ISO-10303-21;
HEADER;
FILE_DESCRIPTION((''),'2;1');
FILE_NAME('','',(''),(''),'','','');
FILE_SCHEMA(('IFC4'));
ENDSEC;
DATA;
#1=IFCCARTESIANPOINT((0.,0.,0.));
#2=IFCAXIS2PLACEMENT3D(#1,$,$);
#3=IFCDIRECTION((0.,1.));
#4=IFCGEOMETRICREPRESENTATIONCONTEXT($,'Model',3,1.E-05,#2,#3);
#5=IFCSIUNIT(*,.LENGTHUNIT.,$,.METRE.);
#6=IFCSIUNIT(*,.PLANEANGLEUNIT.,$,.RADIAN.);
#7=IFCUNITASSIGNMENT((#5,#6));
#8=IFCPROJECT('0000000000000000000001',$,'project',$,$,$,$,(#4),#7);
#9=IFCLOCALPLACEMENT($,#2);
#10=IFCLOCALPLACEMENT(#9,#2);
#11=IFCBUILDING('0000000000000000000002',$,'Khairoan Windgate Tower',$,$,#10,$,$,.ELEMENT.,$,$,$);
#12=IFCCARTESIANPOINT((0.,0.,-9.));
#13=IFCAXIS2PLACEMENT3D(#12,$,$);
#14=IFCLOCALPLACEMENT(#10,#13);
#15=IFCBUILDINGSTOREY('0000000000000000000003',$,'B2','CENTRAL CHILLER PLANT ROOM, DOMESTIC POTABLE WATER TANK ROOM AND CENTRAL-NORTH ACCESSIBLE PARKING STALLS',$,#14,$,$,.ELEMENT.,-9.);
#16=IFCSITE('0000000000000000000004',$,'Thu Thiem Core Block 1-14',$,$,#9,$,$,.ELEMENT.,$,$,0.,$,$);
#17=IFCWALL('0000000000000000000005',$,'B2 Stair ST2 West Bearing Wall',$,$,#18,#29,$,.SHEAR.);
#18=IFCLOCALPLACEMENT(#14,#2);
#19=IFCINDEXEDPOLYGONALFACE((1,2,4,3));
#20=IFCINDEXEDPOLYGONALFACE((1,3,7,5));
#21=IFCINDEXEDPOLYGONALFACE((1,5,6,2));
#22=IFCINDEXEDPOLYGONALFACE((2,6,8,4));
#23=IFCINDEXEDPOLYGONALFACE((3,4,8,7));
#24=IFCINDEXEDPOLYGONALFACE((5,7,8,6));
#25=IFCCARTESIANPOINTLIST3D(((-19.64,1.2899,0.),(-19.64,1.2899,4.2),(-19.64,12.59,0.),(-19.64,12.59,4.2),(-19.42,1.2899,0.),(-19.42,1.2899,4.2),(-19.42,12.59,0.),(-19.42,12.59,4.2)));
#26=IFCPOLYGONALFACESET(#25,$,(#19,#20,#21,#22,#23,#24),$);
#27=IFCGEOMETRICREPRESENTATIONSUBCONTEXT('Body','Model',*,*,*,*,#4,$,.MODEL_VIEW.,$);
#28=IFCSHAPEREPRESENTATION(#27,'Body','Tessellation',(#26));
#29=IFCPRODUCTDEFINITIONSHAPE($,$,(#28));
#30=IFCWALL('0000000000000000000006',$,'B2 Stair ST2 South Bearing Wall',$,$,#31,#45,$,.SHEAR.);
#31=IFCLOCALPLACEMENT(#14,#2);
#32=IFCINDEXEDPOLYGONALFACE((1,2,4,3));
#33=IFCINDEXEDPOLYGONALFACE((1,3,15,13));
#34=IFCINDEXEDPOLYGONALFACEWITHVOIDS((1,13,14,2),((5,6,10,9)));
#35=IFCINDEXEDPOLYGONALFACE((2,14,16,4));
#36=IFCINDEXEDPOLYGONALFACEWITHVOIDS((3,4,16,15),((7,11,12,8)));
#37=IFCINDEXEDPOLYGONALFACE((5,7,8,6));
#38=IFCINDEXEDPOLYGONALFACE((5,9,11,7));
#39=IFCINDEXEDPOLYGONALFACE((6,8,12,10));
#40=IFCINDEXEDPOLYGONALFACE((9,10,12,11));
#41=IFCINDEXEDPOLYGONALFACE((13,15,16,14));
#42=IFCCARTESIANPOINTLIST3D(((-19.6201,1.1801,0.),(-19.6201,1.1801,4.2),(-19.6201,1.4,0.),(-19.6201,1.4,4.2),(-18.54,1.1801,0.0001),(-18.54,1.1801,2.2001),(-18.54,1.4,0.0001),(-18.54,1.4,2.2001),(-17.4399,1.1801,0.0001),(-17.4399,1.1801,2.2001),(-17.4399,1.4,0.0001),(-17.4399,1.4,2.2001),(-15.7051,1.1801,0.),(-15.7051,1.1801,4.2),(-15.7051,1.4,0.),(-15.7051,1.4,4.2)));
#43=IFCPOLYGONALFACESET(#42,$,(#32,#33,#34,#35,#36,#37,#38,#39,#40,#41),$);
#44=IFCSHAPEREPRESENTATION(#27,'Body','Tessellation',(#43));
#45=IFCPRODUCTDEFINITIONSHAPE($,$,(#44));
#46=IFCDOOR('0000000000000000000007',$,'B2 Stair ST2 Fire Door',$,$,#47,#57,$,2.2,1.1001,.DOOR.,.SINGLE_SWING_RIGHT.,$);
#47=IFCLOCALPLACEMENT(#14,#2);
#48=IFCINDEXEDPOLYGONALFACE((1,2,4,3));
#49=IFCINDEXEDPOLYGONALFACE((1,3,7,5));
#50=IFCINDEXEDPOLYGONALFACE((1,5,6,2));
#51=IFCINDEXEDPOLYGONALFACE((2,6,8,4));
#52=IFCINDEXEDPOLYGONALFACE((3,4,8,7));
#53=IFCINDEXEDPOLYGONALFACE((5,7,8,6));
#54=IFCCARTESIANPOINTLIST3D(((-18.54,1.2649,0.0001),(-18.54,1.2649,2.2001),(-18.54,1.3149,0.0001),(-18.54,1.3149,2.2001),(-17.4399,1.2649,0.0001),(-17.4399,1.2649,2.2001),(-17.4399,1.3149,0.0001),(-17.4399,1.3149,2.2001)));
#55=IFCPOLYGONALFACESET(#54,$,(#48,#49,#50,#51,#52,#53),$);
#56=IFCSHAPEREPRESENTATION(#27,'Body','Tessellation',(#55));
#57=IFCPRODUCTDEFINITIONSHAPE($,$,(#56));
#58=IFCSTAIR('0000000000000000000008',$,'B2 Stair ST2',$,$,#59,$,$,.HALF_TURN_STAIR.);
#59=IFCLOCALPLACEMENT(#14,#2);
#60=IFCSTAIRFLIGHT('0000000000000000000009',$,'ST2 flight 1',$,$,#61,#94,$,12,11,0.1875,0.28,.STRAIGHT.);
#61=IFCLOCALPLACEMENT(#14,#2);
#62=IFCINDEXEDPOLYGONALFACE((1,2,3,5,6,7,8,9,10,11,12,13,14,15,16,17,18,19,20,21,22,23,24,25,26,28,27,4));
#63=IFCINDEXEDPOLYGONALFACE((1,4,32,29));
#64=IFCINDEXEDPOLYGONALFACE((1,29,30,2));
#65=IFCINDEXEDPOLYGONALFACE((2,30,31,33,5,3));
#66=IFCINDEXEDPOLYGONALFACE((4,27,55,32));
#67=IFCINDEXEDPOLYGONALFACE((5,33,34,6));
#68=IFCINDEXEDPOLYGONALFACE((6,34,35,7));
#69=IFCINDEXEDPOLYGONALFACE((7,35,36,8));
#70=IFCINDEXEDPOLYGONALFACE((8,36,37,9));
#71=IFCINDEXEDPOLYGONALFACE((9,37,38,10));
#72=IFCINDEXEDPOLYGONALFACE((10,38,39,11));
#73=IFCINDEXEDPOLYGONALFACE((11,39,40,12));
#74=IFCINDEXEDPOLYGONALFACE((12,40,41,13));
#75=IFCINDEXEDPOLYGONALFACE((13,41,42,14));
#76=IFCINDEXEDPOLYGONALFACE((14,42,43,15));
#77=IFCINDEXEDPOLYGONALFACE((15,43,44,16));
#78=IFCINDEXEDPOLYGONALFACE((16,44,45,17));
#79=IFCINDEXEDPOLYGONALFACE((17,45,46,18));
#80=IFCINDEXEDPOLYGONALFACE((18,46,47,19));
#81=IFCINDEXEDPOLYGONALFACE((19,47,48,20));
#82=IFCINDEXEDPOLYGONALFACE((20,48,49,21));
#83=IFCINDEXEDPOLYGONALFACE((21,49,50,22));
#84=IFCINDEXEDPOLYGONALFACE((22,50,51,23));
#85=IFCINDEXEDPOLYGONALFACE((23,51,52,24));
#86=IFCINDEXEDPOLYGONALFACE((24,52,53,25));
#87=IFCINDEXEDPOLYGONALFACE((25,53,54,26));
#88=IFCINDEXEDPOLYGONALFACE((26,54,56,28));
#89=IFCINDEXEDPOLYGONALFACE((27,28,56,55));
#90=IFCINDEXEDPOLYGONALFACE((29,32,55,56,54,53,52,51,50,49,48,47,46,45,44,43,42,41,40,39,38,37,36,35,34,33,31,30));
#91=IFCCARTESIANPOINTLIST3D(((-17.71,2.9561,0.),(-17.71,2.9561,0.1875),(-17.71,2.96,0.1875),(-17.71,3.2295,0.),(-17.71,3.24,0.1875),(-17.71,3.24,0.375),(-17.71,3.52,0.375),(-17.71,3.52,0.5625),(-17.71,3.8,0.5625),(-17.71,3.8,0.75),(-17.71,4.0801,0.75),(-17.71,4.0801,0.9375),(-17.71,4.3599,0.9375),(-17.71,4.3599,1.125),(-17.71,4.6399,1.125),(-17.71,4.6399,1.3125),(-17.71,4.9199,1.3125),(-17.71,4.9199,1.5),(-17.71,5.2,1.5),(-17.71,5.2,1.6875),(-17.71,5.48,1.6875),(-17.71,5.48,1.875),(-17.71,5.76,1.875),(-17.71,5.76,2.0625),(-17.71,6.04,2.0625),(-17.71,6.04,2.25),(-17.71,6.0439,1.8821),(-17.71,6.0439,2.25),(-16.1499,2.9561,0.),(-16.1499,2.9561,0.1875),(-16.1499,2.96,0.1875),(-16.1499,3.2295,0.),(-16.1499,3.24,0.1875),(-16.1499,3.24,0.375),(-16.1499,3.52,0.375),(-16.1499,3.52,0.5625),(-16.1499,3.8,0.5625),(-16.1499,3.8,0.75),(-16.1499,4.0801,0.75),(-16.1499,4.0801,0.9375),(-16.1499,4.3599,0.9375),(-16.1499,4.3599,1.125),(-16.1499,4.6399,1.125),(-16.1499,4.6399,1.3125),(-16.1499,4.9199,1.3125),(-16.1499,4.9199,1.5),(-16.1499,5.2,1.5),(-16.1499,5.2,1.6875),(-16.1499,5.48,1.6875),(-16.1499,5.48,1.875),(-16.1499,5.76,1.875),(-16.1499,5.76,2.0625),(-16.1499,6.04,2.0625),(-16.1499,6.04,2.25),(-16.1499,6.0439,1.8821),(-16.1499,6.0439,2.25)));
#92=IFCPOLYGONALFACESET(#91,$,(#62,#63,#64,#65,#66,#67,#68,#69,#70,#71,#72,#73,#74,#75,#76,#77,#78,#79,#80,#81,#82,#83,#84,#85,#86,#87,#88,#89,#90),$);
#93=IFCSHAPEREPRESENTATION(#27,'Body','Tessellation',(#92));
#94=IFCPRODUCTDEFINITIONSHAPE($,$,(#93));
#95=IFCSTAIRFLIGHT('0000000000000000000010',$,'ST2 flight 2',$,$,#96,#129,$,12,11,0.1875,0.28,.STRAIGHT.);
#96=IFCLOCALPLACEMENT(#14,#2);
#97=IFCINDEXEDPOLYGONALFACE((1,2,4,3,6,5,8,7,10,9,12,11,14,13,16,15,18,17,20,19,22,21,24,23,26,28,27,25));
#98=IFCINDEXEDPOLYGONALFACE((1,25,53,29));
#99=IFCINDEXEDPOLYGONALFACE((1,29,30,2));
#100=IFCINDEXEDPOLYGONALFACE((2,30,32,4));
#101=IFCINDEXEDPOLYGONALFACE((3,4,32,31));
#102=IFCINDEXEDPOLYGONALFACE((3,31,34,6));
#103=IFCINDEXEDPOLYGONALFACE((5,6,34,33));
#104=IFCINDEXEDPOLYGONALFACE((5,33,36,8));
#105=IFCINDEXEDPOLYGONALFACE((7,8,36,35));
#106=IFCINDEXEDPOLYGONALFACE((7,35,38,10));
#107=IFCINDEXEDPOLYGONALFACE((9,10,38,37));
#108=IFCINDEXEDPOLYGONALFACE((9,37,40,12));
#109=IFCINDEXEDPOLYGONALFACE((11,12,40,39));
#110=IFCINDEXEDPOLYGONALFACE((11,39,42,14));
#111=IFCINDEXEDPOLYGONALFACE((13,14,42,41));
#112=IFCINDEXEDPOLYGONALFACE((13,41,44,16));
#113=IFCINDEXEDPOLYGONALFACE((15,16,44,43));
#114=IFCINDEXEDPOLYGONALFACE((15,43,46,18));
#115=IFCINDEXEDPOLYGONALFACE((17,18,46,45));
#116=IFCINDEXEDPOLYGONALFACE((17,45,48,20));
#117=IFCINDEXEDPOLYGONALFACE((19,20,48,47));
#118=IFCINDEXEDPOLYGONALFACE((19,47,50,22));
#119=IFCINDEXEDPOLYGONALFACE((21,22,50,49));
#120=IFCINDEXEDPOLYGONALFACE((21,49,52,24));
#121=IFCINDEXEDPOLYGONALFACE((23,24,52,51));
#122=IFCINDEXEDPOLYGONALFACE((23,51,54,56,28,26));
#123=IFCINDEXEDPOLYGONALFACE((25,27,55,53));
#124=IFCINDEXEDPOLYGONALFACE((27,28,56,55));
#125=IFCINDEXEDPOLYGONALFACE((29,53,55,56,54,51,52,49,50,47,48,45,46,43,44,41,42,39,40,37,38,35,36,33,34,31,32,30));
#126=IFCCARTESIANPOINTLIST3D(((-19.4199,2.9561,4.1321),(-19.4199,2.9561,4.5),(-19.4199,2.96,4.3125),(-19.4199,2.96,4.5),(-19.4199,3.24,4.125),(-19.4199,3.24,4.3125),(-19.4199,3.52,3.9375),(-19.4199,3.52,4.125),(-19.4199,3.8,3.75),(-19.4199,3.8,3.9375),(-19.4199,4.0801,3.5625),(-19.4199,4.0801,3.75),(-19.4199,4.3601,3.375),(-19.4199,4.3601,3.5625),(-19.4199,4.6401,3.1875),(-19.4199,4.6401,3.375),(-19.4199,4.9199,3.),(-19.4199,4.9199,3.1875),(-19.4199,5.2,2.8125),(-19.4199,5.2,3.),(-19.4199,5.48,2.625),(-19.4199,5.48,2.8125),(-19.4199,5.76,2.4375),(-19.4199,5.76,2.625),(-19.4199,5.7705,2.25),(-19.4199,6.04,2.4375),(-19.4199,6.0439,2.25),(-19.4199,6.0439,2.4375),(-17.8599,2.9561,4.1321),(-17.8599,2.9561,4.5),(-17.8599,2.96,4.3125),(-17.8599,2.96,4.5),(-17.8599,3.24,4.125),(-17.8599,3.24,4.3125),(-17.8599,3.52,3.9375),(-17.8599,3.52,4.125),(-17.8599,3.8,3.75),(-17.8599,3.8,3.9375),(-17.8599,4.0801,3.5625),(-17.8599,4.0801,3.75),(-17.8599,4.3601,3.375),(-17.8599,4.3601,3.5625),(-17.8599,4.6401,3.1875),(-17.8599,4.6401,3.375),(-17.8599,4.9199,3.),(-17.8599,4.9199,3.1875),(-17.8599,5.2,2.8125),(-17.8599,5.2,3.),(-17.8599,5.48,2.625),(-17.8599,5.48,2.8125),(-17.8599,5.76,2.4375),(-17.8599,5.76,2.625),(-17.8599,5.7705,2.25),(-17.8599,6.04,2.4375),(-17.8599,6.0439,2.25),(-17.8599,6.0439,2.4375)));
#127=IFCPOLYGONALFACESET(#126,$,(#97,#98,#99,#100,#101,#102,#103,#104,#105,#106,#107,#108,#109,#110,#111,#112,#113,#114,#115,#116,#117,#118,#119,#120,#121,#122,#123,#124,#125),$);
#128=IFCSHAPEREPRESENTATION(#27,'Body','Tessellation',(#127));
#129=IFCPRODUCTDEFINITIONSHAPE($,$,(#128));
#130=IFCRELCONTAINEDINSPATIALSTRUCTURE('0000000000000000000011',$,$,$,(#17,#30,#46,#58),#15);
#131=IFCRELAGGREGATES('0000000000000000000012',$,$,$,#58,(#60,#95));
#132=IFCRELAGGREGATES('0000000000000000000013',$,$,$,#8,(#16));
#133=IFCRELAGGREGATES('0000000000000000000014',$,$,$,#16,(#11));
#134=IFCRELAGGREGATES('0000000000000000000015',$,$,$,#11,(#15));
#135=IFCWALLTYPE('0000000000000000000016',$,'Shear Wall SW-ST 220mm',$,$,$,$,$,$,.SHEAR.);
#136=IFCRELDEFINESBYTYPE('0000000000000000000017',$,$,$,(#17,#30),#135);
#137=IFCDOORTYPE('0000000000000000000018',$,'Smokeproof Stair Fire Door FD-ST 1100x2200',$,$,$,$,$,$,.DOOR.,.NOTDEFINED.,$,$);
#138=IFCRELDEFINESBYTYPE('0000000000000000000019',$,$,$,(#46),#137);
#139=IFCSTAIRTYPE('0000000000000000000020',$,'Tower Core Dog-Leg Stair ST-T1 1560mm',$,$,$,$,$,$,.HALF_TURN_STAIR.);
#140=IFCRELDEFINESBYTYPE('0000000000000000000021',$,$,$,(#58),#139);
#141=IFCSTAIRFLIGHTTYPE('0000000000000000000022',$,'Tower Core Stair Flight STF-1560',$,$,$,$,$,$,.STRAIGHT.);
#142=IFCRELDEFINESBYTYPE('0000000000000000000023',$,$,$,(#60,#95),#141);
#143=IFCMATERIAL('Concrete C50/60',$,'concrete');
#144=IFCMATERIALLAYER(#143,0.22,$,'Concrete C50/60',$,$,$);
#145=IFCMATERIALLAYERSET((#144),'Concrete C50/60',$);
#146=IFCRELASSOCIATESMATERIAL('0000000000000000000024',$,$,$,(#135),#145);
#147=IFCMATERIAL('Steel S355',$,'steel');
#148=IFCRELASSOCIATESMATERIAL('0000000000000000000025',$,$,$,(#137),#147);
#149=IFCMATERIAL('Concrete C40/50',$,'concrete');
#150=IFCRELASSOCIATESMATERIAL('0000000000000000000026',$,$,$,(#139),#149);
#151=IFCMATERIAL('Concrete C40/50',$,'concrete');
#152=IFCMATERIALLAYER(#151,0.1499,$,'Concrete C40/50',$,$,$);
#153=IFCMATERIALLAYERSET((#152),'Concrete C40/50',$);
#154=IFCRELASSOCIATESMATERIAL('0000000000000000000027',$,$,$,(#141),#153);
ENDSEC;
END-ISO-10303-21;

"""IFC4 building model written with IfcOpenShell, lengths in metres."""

from ifc_helpers import new_model, si_unit, direction, frame, frame_2d, origin, place, context, subcontext, project, spatial, polyline, rectangle, outline, extrude, material, layer, layer_set, type_object, element, fill, aggregate, save


model = new_model("IFC4")

# Units and contexts
model_context = context("Model", 3, precision=1e-05, world=origin(), true_north=direction((0.0, 1.0)))
body_context = subcontext(model_context, "Body", "Model", "MODEL_VIEW")
ifc_project = project(units=[si_unit("LENGTHUNIT", "METRE"), si_unit("PLANEANGLEUNIT", "RADIAN")], contexts=[model_context])

# Site, building, storey
site_placement = place(None, origin())
site = spatial("IfcSite", under=ifc_project, at=site_placement, Name="Thu Thiem Core Block 1-14", CompositionType="ELEMENT", RefElevation=0.0)
building_placement = place(site_placement, origin())
building = spatial("IfcBuilding", under=site, at=building_placement, Name="Khairoan Windgate Tower", CompositionType="ELEMENT")
storey_placement = place(building_placement, frame((0.0, 0.0, -9.0)))
storey = spatial("IfcBuildingStorey", under=building, at=storey_placement, Name="B2", Description="CENTRAL CHILLER PLANT ROOM, DOMESTIC POTABLE WATER TANK ROOM AND CENTRAL-NORTH ACCESSIBLE PARKING STALLS", CompositionType="ELEMENT", Elevation=-9.0)

# Wall
ifc_material_1 = material(Name="Concrete C50/60", Category="concrete")
ifc_layer_1 = layer(ifc_material_1, 0.22, Name="Concrete C50/60")
ifc_layer_set_1 = layer_set([ifc_layer_1], Name="Concrete C50/60")
wall_type = type_object("IfcWallType", Name="Shear Wall SW-ST 220mm", PredefinedType="SHEAR", material=ifc_layer_set_1)
wall_1_placement = place(storey_placement, frame((-19.53, 1.29, 0.0), z_axis=(0.0, 0.0, 1.0), x_axis=(0.0, 1.0, 0.0)))
element("IfcWall", 1, at=wall_1_placement, inside=storey, type_object=wall_type, Name="B2 Stair ST2 West Bearing Wall", PredefinedType="SHEAR", context=body_context, shape_type="SweptSolid", body=[
    extrude(rectangle(XDim=11.3, YDim=0.22, at=frame_2d((5.6499, 0.0))), origin(), (0.0, 0.0, 1.0), 4.2),
])

# Wall, opening, door
wall_2_placement = place(storey_placement, frame((-19.6201, 1.29, 0.0), z_axis=(0.0, 0.0, 1.0), x_axis=(1.0, 0.0, 0.0)))
wall_2 = element("IfcWall", 2, at=wall_2_placement, inside=storey, type_object=wall_type, Name="B2 Stair ST2 South Bearing Wall", PredefinedType="SHEAR", context=body_context, shape_type="SweptSolid", body=[
    extrude(rectangle(XDim=3.915, YDim=0.22, at=frame_2d((1.9575, 0.0))), origin(), (0.0, 0.0, 1.0), 4.2),
])
opening_placement = place(wall_2_placement, frame((1.0801, 0.0, 0.0)))
opening = element("IfcOpeningElement", 3, at=opening_placement, cuts=wall_2, PredefinedType="OPENING", context=body_context, shape_type="SweptSolid", body=[
    extrude(rectangle(XDim=1.1001, YDim=2.2, at=frame_2d((0.55, 1.1001))), frame((0.0, 0.1199, 0.0), z_axis=(0.0, -1.0, 0.0), x_axis=(1.0, 0.0, 0.0)), (0.0, 0.0, 1.0), 0.24),
])
ifc_material_2 = material(Name="Steel S355", Category="steel")
door_type = type_object("IfcDoorType", Name="Smokeproof Stair Fire Door FD-ST 1100x2200", OperationType="NOTDEFINED", PredefinedType="DOOR", material=ifc_material_2)
door_placement = place(opening_placement, origin())
door = element("IfcDoor", 4, at=door_placement, inside=storey, type_object=door_type, Name="B2 Stair ST2 Fire Door", OperationType="SINGLE_SWING_RIGHT", OverallHeight=2.2, OverallWidth=1.1001, PredefinedType="DOOR", context=body_context, shape_type="SweptSolid", body=[
    extrude(rectangle(XDim=1.1001, YDim=2.2, at=frame_2d((0.55, 1.1001))), frame((0.0, 0.0249, 0.0), z_axis=(0.0, -1.0, 0.0), x_axis=(1.0, 0.0, 0.0)), (0.0, 0.0, 1.0), 0.05),
])
fill(opening, door)

# Stair, stair flights
ifc_material_3 = material(Name="Concrete C40/50", Category="concrete")
stair_type = type_object("IfcStairType", Name="Tower Core Dog-Leg Stair ST-T1 1560mm", PredefinedType="HALF_TURN_STAIR", material=ifc_material_3)
stair_placement = place(storey_placement, origin())
stair = element("IfcStair", 5, at=stair_placement, inside=storey, type_object=stair_type, Name="B2 Stair ST2", PredefinedType="HALF_TURN_STAIR")
ifc_material_4 = material(Name="Concrete C40/50", Category="concrete")
ifc_layer_2 = layer(ifc_material_4, 0.1499, Name="Concrete C40/50")
ifc_layer_set_2 = layer_set([ifc_layer_2], Name="Concrete C40/50")
stair_flight_type = type_object("IfcStairFlightType", Name="Tower Core Stair Flight STF-1560", PredefinedType="STRAIGHT", material=ifc_layer_set_2)
stair_flight_1_placement = place(storey_placement, frame((-16.9299, 2.96, 0.0), z_axis=(0.0, 0.0, 1.0), x_axis=(0.0, 1.0, 0.0)))
stair_flight_1 = element("IfcStairFlight", 6, at=stair_flight_1_placement, type_object=stair_flight_type, Name="ST2 flight 1", NumberOfRisers=12, NumberOfTreads=11, PredefinedType="STRAIGHT", RiserHeight=0.1875, TreadLength=0.28, context=body_context, shape_type="SweptSolid", body=[
    extrude(outline(polyline([(-0.0039, 0.0), (-0.0039, 0.1875), (0.0, 0.1875), (0.28, 0.1875), (0.28, 0.375), (0.5601, 0.375), (0.5601, 0.5625), (0.8401, 0.5625), (0.8401, 0.75), (1.1201, 0.75), (1.1201, 0.9375), (1.3999, 0.9375), (1.3999, 1.125), (1.6799, 1.125), (1.6799, 1.3125), (1.96, 1.3125), (1.96, 1.5), (2.24, 1.5), (2.24, 1.6875), (2.52, 1.6875), (2.52, 1.875), (2.8, 1.875), (2.8, 2.0625), (3.0801, 2.0625), (3.0801, 2.25), (3.084, 2.25), (3.084, 1.8821), (0.2695, 0.0), (-0.0039, 0.0)])), frame((0.0, 0.78, 0.0), z_axis=(0.0, -1.0, 0.0), x_axis=(1.0, 0.0, 0.0)), (0.0, 0.0, 1.0), 1.5601),
])
stair_flight_2_placement = place(storey_placement, frame((-18.6399, 6.04, 2.25), z_axis=(0.0, 0.0, 1.0), x_axis=(0.0, -1.0, 0.0)))
stair_flight_2 = element("IfcStairFlight", 7, at=stair_flight_2_placement, type_object=stair_flight_type, Name="ST2 flight 2", NumberOfRisers=12, NumberOfTreads=11, PredefinedType="STRAIGHT", RiserHeight=0.1875, TreadLength=0.28, context=body_context, shape_type="SweptSolid", body=[
    extrude(outline(polyline([(-0.0039, 0.0), (-0.0039, 0.1875), (0.0, 0.1875), (0.28, 0.1875), (0.28, 0.375), (0.5601, 0.375), (0.5601, 0.5625), (0.8401, 0.5625), (0.8401, 0.75), (1.1201, 0.75), (1.1201, 0.9375), (1.3999, 0.9375), (1.3999, 1.125), (1.6799, 1.125), (1.6799, 1.3125), (1.96, 1.3125), (1.96, 1.5), (2.24, 1.5), (2.24, 1.6875), (2.52, 1.6875), (2.52, 1.875), (2.8, 1.875), (2.8, 2.0625), (3.0801, 2.0625), (3.0801, 2.25), (3.084, 2.25), (3.084, 1.8821), (0.2695, 0.0), (-0.0039, 0.0)])), frame((0.0, 0.78, 0.0), z_axis=(0.0, -1.0, 0.0), x_axis=(1.0, 0.0, 0.0)), (0.0, 0.0, 1.0), 1.5601),
])
aggregate(stair, [stair_flight_1, stair_flight_2])

save(model, "model.ifc")
